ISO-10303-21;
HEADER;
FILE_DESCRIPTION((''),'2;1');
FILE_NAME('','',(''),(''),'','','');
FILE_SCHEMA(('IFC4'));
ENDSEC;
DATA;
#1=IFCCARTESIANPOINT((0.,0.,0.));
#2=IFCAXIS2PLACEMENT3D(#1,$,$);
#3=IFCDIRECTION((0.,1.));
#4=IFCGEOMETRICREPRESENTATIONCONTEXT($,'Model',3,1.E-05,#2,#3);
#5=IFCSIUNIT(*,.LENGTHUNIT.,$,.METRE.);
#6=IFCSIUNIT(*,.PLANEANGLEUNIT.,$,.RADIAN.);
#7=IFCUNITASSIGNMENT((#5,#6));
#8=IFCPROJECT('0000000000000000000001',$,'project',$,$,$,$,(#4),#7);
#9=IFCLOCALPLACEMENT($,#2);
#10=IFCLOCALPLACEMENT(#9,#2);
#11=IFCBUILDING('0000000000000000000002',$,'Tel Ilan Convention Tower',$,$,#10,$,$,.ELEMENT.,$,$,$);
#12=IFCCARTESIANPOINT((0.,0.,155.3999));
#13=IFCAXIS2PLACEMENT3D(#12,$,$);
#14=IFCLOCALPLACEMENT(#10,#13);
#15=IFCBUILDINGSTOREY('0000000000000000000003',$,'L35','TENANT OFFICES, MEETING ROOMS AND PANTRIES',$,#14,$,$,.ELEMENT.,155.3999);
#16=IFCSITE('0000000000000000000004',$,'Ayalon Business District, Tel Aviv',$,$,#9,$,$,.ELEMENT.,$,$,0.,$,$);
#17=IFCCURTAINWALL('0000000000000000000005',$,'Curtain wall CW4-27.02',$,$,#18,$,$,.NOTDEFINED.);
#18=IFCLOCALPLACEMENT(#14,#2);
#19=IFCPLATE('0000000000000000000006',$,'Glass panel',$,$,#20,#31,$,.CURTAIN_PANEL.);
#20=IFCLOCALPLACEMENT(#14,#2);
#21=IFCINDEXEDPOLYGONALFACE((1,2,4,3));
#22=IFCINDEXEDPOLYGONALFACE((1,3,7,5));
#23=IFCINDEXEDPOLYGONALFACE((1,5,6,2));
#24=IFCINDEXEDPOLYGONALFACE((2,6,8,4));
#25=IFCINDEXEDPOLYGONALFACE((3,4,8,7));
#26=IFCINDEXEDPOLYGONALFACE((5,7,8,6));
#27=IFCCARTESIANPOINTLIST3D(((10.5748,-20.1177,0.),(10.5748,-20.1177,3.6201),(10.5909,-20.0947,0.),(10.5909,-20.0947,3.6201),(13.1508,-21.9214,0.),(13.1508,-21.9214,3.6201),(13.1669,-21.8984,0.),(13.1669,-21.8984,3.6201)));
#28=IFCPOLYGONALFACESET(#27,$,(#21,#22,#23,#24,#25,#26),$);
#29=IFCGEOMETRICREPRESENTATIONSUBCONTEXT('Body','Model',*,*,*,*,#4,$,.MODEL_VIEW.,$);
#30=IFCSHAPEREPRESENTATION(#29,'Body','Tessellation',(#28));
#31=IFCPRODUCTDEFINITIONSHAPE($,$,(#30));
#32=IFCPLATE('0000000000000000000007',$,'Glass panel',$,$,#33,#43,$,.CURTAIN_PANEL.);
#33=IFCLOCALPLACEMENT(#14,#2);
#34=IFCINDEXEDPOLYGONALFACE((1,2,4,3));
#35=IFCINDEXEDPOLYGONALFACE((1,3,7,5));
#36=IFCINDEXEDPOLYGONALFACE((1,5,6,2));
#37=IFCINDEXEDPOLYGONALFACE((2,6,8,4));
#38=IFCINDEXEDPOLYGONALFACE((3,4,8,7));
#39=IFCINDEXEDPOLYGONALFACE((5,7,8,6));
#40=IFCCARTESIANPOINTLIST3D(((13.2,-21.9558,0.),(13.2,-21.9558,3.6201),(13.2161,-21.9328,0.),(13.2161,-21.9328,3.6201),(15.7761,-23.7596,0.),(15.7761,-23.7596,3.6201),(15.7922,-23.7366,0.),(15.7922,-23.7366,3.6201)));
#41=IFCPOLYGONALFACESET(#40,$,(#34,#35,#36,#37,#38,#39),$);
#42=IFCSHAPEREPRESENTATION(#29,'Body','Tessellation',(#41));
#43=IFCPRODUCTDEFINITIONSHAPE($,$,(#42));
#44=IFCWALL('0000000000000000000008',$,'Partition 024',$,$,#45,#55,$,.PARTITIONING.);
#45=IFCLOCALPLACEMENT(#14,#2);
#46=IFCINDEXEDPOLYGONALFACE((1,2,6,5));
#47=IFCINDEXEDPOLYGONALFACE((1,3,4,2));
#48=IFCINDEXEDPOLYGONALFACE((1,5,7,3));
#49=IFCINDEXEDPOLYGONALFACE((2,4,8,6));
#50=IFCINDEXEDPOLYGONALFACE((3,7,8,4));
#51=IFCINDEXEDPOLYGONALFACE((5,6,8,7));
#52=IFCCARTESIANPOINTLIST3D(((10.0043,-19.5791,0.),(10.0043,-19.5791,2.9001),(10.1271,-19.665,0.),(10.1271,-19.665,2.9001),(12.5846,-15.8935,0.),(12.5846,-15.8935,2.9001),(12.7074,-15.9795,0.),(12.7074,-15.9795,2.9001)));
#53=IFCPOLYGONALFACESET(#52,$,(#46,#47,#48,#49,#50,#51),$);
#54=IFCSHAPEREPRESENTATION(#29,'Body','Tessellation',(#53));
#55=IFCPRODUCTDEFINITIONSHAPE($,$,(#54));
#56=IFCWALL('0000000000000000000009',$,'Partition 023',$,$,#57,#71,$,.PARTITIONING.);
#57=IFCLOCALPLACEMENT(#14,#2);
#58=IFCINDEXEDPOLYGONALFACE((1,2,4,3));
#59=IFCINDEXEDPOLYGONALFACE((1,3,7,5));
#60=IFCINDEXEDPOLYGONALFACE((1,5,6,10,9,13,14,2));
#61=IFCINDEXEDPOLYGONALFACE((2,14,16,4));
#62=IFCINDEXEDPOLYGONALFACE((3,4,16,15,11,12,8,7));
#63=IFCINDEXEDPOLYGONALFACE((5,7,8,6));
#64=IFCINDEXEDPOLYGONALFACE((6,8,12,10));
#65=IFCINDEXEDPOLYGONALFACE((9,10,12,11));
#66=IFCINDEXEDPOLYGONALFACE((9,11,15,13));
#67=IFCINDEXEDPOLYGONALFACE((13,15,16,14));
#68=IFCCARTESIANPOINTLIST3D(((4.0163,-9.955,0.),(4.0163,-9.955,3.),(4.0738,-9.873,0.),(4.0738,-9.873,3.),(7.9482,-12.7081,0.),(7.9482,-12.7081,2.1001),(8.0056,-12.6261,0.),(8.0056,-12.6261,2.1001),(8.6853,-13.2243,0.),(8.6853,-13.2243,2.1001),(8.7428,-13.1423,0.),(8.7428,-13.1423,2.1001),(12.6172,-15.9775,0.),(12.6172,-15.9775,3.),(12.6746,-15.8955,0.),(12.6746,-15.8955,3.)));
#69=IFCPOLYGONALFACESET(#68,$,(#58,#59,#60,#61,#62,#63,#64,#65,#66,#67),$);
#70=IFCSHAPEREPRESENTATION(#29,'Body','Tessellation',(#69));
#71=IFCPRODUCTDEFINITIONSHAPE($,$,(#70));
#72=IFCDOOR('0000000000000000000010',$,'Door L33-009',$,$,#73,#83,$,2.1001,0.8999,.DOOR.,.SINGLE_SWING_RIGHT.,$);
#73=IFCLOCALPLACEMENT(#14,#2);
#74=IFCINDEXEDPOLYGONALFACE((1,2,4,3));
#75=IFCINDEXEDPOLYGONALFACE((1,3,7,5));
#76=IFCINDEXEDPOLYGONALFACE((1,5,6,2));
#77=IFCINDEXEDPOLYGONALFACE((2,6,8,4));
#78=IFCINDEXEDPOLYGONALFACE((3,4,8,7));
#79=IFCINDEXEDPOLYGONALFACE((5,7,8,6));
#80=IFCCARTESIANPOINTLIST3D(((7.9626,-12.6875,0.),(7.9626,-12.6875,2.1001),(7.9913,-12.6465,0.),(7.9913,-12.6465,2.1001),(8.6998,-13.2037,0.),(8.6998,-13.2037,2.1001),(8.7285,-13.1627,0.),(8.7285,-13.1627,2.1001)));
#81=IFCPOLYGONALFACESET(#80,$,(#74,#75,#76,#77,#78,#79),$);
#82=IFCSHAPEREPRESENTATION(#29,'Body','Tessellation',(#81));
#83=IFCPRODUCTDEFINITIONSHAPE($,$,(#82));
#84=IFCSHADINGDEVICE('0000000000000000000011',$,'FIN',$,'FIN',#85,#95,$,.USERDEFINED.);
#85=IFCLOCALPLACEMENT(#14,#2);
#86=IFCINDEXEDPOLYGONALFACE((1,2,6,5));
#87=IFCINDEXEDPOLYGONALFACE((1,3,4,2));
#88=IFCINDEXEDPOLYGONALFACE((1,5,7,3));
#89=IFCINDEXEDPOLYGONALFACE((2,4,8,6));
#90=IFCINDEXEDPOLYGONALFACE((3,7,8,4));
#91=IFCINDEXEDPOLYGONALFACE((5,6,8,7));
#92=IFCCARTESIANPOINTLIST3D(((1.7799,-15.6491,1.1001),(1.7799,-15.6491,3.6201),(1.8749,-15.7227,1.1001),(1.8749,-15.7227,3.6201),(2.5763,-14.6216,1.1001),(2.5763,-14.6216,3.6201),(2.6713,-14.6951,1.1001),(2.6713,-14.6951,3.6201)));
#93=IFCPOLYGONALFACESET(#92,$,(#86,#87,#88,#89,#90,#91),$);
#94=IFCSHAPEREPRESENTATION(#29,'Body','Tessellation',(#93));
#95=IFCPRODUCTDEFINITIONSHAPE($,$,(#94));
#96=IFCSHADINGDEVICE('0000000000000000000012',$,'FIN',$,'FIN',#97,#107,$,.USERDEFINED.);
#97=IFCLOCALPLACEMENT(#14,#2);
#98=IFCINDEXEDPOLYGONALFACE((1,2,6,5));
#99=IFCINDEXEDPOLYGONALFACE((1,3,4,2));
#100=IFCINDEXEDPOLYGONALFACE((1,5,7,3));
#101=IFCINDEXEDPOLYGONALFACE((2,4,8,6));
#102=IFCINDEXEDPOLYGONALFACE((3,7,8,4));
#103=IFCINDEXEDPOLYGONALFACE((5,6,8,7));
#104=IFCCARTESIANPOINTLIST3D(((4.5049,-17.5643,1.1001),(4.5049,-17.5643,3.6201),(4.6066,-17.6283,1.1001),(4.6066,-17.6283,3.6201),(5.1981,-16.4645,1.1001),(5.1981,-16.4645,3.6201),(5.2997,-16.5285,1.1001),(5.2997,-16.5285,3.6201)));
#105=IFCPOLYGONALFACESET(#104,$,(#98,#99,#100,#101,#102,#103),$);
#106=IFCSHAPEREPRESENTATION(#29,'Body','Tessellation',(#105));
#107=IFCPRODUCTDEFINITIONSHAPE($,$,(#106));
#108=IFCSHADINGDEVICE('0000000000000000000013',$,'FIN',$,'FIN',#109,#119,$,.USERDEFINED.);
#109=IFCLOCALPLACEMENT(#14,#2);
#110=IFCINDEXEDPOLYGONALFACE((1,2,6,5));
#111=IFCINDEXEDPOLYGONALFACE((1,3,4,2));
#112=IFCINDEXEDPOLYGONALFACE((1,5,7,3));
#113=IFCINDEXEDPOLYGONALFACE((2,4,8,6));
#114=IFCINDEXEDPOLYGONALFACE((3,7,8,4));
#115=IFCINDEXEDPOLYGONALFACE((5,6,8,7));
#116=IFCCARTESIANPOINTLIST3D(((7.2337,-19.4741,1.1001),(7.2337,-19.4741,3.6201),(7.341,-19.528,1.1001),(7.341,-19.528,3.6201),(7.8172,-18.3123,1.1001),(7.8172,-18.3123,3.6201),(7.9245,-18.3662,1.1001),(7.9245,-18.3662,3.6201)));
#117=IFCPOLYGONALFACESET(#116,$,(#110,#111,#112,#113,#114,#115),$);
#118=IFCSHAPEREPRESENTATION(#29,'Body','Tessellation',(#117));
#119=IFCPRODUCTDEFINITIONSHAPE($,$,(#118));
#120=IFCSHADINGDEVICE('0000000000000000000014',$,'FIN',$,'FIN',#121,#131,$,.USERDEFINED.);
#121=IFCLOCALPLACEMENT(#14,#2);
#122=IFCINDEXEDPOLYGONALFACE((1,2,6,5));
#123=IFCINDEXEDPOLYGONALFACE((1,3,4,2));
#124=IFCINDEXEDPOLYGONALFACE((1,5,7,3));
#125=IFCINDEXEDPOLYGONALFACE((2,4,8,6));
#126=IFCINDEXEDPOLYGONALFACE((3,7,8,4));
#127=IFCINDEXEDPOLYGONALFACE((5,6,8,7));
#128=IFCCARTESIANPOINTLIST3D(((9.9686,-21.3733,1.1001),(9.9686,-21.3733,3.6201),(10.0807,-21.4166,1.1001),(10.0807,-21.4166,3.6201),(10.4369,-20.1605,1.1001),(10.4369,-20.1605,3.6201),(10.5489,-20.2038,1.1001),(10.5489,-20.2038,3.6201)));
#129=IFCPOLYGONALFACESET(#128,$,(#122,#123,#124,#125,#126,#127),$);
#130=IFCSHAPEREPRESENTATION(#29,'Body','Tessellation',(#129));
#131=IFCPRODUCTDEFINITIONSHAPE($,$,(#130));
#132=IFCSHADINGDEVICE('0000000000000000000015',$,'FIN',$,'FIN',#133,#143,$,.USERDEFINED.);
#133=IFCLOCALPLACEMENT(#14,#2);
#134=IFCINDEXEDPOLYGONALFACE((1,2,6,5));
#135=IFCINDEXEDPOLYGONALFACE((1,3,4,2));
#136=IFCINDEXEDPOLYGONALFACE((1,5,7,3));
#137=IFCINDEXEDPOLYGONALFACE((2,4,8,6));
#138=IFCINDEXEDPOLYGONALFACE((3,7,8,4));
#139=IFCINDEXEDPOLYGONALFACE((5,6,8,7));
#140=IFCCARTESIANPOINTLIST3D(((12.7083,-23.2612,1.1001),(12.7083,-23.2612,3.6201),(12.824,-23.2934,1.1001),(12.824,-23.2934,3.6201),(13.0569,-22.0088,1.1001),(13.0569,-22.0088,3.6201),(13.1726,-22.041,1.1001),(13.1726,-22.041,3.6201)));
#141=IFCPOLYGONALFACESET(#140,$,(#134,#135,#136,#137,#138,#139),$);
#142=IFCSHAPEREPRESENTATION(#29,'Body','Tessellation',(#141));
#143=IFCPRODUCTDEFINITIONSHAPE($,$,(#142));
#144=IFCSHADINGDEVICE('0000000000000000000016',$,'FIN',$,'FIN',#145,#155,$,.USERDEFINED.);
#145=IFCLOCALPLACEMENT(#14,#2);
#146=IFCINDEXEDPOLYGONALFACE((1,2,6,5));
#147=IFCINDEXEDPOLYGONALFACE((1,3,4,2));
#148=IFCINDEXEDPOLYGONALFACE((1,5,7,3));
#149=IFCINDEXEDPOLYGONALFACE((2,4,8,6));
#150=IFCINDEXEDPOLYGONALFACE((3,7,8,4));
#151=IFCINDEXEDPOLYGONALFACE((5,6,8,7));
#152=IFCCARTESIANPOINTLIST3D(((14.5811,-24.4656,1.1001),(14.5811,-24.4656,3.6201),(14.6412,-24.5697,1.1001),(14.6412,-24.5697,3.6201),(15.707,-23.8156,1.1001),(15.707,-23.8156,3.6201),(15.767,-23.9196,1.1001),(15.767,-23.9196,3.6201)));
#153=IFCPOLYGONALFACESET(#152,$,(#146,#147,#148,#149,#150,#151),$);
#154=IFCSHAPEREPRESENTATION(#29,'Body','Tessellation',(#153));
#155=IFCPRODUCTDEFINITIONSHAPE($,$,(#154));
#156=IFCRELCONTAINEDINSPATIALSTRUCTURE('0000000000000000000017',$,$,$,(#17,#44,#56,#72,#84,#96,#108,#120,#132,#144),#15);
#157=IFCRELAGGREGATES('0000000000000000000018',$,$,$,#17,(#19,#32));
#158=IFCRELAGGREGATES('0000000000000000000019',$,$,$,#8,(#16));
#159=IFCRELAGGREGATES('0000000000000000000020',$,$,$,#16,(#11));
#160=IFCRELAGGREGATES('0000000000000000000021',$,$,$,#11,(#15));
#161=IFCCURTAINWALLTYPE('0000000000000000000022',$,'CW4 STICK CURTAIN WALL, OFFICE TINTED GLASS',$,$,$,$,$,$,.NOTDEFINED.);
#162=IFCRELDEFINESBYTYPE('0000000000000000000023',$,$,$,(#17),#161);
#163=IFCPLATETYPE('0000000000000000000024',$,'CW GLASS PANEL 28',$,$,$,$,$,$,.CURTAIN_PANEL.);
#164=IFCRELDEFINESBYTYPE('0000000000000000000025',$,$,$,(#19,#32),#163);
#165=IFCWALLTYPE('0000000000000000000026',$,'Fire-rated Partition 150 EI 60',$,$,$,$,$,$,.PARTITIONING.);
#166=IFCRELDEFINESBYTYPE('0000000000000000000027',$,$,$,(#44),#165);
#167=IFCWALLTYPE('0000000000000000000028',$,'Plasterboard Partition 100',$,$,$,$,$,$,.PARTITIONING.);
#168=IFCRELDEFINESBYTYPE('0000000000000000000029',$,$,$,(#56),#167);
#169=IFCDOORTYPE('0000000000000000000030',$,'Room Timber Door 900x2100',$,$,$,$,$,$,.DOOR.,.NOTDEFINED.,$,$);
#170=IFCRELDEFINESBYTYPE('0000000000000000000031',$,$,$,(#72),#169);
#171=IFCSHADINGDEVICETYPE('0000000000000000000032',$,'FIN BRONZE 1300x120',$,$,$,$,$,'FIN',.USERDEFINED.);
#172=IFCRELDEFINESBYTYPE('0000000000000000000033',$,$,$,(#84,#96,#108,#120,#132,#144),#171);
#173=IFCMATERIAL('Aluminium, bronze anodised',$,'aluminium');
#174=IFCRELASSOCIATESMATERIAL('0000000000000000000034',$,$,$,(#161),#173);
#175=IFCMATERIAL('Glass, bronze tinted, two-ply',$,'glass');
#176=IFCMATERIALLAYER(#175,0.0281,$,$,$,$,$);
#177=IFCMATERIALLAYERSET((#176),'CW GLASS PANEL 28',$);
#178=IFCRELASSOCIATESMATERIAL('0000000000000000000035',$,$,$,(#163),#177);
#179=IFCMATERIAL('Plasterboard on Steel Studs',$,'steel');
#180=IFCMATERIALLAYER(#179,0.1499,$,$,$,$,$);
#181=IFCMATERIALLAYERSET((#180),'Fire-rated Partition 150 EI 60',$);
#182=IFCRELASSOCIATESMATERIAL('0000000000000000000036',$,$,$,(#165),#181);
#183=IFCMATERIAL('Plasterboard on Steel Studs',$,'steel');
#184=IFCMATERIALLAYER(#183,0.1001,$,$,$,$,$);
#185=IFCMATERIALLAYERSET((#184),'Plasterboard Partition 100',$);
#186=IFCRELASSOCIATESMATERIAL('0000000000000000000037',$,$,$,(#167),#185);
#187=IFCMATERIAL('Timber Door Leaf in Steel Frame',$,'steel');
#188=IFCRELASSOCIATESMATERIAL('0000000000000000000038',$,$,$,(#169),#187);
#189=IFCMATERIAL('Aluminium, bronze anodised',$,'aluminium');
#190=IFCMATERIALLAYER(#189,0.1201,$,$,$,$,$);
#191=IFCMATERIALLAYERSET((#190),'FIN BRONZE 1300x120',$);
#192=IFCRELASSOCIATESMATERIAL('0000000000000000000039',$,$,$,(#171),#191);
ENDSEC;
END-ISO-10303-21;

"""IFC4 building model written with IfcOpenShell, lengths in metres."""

from ifc_helpers import new_model, si_unit, direction, frame, frame_2d, origin, origin_2d, place, context, subcontext, project, spatial, rectangle, extrude, material, layer, layer_set, type_object, element, fill, aggregate, save


model = new_model("IFC4")

# Units and contexts
model_context = context("Model", 3, precision=1e-05, world=origin(), true_north=direction((0.0, 1.0)))
body_context = subcontext(model_context, "Body", "Model", "MODEL_VIEW")
ifc_project = project(units=[si_unit("LENGTHUNIT", "METRE"), si_unit("PLANEANGLEUNIT", "RADIAN")], contexts=[model_context])

# Site, building, storey
site_placement = place(None, origin())
site = spatial("IfcSite", under=ifc_project, at=site_placement, Name="Ayalon Business District, Tel Aviv", CompositionType="ELEMENT", RefElevation=0.0)
building_placement = place(site_placement, origin())
building = spatial("IfcBuilding", under=site, at=building_placement, Name="Tel Ilan Convention Tower", CompositionType="ELEMENT")
storey_placement = place(building_placement, frame((0.0, 0.0, 155.3999)))
storey = spatial("IfcBuildingStorey", under=building, at=storey_placement, Name="L35", Description="TENANT OFFICES, MEETING ROOMS AND PANTRIES", CompositionType="ELEMENT", Elevation=155.3999)

# Curtain wall, plates
ifc_material_1 = material(Name="Aluminium, bronze anodised", Category="aluminium")
curtain_wall_type = type_object("IfcCurtainWallType", Name="CW4 STICK CURTAIN WALL, OFFICE TINTED GLASS", PredefinedType="NOTDEFINED", material=ifc_material_1)
curtain_wall_placement = place(storey_placement, origin())
curtain_wall = element("IfcCurtainWall", 1, at=curtain_wall_placement, inside=storey, type_object=curtain_wall_type, Name="Curtain wall CW4-27.02", PredefinedType="NOTDEFINED")
ifc_material_2 = material(Name="Glass, bronze tinted, two-ply", Category="glass")
ifc_layer_1 = layer(ifc_material_2, 0.0281)
ifc_layer_set_1 = layer_set([ifc_layer_1], Name="CW GLASS PANEL 28")
plate_type = type_object("IfcPlateType", Name="CW GLASS PANEL 28", PredefinedType="CURTAIN_PANEL", material=ifc_layer_set_1)
plate_1_placement = place(storey_placement, frame((11.8708, -21.0081, 0.0), z_axis=(0.0, 0.0, 1.0), x_axis=(0.819152, -0.573576, 0.0)))
plate_1 = element("IfcPlate", 2, at=plate_1_placement, type_object=plate_type, Name="Glass panel", PredefinedType="CURTAIN_PANEL", context=body_context, shape_type="SweptSolid", body=[
    extrude(rectangle(XDim=3.1448, YDim=0.0281, at=origin_2d()), origin(), (0.0, 0.0, 1.0), 3.6201),
])
plate_2_placement = place(storey_placement, frame((14.4961, -22.8462, 0.0), z_axis=(0.0, 0.0, 1.0), x_axis=(0.819152, -0.573576, 0.0)))
plate_2 = element("IfcPlate", 3, at=plate_2_placement, type_object=plate_type, Name="Glass panel", PredefinedType="CURTAIN_PANEL", context=body_context, shape_type="SweptSolid", body=[
    extrude(rectangle(XDim=3.1448, YDim=0.0281, at=origin_2d()), origin(), (0.0, 0.0, 1.0), 3.6201),
])
aggregate(curtain_wall, [plate_1, plate_2])

# Wall
ifc_material_3 = material(Name="Plasterboard on Steel Studs", Category="steel")
ifc_layer_2 = layer(ifc_material_3, 0.1499)
ifc_layer_set_2 = layer_set([ifc_layer_2], Name="Fire-rated Partition 150 EI 60")
wall_type_1 = type_object("IfcWallType", Name="Fire-rated Partition 150 EI 60", PredefinedType="PARTITIONING", material=ifc_layer_set_2)
wall_1_placement = place(storey_placement, frame((12.646, -15.9365, 0.0), z_axis=(0.0, 0.0, 1.0), x_axis=(-0.573528, -0.819186, 0.0)))
element("IfcWall", 4, at=wall_1_placement, inside=storey, type_object=wall_type_1, Name="Partition 024", PredefinedType="PARTITIONING", context=body_context, shape_type="SweptSolid", body=[
    extrude(rectangle(XDim=4.499, YDim=0.1499, at=frame_2d((2.2495, 0.0))), origin(), (0.0, 0.0, 1.0), 2.9001),
])

# Wall, opening, door
ifc_material_4 = material(Name="Plasterboard on Steel Studs", Category="steel")
ifc_layer_3 = layer(ifc_material_4, 0.1001)
ifc_layer_set_3 = layer_set([ifc_layer_3], Name="Plasterboard Partition 100")
wall_type_2 = type_object("IfcWallType", Name="Plasterboard Partition 100", PredefinedType="PARTITIONING", material=ifc_layer_set_3)
wall_2_placement = place(storey_placement, frame((12.646, -15.9365, 0.0), z_axis=(0.0, 0.0, 1.0), x_axis=(-0.819148, 0.573582, 0.0)))
wall_2 = element("IfcWall", 5, at=wall_2_placement, inside=storey, type_object=wall_type_2, Name="Partition 023", PredefinedType="PARTITIONING", context=body_context, shape_type="SweptSolid", body=[
    extrude(rectangle(XDim=10.4998, YDim=0.1001, at=frame_2d((5.25, 0.0))), origin(), (0.0, 0.0, 1.0), 3.0),
])
opening_placement = place(wall_2_placement, frame((4.8, 0.0, 0.0)))
opening = element("IfcOpeningElement", 6, at=opening_placement, cuts=wall_2, PredefinedType="OPENING", context=body_context, shape_type="SweptSolid", body=[
    extrude(rectangle(XDim=0.8999, YDim=2.1001, at=frame_2d((0.45, 1.05))), frame((0.0, 0.0601, 0.0), z_axis=(0.0, -1.0, 0.0), x_axis=(1.0, 0.0, 0.0)), (0.0, 0.0, 1.0), 0.1201),
])
ifc_material_5 = material(Name="Timber Door Leaf in Steel Frame", Category="steel")
door_type = type_object("IfcDoorType", Name="Room Timber Door 900x2100", OperationType="NOTDEFINED", PredefinedType="DOOR", material=ifc_material_5)
door_placement = place(opening_placement, origin())
door = element("IfcDoor", 7, at=door_placement, inside=storey, type_object=door_type, Name="Door L33-009", OperationType="SINGLE_SWING_RIGHT", OverallHeight=2.1001, OverallWidth=0.8999, PredefinedType="DOOR", context=body_context, shape_type="SweptSolid", body=[
    extrude(rectangle(XDim=0.8999, YDim=2.1001, at=frame_2d((0.45, 1.05))), frame((0.0, 0.0249, 0.0), z_axis=(0.0, -1.0, 0.0), x_axis=(1.0, 0.0, 0.0)), (0.0, 0.0, 1.0), 0.05),
])
fill(opening, door)

# Shading devices
ifc_material_6 = material(Name="Aluminium, bronze anodised", Category="aluminium")
ifc_layer_4 = layer(ifc_material_6, 0.1201)
ifc_layer_set_4 = layer_set([ifc_layer_4], Name="FIN BRONZE 1300x120")
shading_device_type = type_object("IfcShadingDeviceType", Name="FIN BRONZE 1300x120", ElementType="FIN", PredefinedType="USERDEFINED", material=ifc_layer_set_4)
for number, where, z_axis, x_axis, name in (
    (8, (2.2256, -15.1721, 1.1001), (0.0, 0.0, 1.0), (-0.612601, -0.790393, 0.0), "FIN"),
    (9, (4.9023, -17.0464, 1.1001), (0.0, 0.0, 1.0), (-0.533204, -0.845986, 0.0), "FIN"),
    (10, (7.5791, -18.9202, 1.1001), (0.0, 0.0, 1.0), (-0.448799, -0.893633, 0.0), "FIN"),
    (11, (10.2588, -20.7886, 1.1001), (0.0, 0.0, 1.0), (-0.360178, -0.932884, 0.0), "FIN"),
    (12, (12.9404, -22.6511, 1.1001), (0.0, 0.0, 1.0), (-0.268173, -0.963371, 0.0), "FIN"),
    (13, (15.1741, -24.1926, 1.1001), (0.0, 0.0, 1.0), (-0.866025, -0.5, 0.0), "FIN"),
):
    element("IfcShadingDevice", number, at=place(storey_placement, frame(where, z_axis=z_axis, x_axis=x_axis)), inside=storey, type_object=shading_device_type, Name=name, ObjectType="FIN", PredefinedType="USERDEFINED", context=body_context, shape_type="SweptSolid", body=[
        extrude(rectangle(XDim=1.3, YDim=0.1201, at=origin_2d()), origin(), (0.0, 0.0, 1.0), 2.52),
    ])

save(model, "model.ifc")
